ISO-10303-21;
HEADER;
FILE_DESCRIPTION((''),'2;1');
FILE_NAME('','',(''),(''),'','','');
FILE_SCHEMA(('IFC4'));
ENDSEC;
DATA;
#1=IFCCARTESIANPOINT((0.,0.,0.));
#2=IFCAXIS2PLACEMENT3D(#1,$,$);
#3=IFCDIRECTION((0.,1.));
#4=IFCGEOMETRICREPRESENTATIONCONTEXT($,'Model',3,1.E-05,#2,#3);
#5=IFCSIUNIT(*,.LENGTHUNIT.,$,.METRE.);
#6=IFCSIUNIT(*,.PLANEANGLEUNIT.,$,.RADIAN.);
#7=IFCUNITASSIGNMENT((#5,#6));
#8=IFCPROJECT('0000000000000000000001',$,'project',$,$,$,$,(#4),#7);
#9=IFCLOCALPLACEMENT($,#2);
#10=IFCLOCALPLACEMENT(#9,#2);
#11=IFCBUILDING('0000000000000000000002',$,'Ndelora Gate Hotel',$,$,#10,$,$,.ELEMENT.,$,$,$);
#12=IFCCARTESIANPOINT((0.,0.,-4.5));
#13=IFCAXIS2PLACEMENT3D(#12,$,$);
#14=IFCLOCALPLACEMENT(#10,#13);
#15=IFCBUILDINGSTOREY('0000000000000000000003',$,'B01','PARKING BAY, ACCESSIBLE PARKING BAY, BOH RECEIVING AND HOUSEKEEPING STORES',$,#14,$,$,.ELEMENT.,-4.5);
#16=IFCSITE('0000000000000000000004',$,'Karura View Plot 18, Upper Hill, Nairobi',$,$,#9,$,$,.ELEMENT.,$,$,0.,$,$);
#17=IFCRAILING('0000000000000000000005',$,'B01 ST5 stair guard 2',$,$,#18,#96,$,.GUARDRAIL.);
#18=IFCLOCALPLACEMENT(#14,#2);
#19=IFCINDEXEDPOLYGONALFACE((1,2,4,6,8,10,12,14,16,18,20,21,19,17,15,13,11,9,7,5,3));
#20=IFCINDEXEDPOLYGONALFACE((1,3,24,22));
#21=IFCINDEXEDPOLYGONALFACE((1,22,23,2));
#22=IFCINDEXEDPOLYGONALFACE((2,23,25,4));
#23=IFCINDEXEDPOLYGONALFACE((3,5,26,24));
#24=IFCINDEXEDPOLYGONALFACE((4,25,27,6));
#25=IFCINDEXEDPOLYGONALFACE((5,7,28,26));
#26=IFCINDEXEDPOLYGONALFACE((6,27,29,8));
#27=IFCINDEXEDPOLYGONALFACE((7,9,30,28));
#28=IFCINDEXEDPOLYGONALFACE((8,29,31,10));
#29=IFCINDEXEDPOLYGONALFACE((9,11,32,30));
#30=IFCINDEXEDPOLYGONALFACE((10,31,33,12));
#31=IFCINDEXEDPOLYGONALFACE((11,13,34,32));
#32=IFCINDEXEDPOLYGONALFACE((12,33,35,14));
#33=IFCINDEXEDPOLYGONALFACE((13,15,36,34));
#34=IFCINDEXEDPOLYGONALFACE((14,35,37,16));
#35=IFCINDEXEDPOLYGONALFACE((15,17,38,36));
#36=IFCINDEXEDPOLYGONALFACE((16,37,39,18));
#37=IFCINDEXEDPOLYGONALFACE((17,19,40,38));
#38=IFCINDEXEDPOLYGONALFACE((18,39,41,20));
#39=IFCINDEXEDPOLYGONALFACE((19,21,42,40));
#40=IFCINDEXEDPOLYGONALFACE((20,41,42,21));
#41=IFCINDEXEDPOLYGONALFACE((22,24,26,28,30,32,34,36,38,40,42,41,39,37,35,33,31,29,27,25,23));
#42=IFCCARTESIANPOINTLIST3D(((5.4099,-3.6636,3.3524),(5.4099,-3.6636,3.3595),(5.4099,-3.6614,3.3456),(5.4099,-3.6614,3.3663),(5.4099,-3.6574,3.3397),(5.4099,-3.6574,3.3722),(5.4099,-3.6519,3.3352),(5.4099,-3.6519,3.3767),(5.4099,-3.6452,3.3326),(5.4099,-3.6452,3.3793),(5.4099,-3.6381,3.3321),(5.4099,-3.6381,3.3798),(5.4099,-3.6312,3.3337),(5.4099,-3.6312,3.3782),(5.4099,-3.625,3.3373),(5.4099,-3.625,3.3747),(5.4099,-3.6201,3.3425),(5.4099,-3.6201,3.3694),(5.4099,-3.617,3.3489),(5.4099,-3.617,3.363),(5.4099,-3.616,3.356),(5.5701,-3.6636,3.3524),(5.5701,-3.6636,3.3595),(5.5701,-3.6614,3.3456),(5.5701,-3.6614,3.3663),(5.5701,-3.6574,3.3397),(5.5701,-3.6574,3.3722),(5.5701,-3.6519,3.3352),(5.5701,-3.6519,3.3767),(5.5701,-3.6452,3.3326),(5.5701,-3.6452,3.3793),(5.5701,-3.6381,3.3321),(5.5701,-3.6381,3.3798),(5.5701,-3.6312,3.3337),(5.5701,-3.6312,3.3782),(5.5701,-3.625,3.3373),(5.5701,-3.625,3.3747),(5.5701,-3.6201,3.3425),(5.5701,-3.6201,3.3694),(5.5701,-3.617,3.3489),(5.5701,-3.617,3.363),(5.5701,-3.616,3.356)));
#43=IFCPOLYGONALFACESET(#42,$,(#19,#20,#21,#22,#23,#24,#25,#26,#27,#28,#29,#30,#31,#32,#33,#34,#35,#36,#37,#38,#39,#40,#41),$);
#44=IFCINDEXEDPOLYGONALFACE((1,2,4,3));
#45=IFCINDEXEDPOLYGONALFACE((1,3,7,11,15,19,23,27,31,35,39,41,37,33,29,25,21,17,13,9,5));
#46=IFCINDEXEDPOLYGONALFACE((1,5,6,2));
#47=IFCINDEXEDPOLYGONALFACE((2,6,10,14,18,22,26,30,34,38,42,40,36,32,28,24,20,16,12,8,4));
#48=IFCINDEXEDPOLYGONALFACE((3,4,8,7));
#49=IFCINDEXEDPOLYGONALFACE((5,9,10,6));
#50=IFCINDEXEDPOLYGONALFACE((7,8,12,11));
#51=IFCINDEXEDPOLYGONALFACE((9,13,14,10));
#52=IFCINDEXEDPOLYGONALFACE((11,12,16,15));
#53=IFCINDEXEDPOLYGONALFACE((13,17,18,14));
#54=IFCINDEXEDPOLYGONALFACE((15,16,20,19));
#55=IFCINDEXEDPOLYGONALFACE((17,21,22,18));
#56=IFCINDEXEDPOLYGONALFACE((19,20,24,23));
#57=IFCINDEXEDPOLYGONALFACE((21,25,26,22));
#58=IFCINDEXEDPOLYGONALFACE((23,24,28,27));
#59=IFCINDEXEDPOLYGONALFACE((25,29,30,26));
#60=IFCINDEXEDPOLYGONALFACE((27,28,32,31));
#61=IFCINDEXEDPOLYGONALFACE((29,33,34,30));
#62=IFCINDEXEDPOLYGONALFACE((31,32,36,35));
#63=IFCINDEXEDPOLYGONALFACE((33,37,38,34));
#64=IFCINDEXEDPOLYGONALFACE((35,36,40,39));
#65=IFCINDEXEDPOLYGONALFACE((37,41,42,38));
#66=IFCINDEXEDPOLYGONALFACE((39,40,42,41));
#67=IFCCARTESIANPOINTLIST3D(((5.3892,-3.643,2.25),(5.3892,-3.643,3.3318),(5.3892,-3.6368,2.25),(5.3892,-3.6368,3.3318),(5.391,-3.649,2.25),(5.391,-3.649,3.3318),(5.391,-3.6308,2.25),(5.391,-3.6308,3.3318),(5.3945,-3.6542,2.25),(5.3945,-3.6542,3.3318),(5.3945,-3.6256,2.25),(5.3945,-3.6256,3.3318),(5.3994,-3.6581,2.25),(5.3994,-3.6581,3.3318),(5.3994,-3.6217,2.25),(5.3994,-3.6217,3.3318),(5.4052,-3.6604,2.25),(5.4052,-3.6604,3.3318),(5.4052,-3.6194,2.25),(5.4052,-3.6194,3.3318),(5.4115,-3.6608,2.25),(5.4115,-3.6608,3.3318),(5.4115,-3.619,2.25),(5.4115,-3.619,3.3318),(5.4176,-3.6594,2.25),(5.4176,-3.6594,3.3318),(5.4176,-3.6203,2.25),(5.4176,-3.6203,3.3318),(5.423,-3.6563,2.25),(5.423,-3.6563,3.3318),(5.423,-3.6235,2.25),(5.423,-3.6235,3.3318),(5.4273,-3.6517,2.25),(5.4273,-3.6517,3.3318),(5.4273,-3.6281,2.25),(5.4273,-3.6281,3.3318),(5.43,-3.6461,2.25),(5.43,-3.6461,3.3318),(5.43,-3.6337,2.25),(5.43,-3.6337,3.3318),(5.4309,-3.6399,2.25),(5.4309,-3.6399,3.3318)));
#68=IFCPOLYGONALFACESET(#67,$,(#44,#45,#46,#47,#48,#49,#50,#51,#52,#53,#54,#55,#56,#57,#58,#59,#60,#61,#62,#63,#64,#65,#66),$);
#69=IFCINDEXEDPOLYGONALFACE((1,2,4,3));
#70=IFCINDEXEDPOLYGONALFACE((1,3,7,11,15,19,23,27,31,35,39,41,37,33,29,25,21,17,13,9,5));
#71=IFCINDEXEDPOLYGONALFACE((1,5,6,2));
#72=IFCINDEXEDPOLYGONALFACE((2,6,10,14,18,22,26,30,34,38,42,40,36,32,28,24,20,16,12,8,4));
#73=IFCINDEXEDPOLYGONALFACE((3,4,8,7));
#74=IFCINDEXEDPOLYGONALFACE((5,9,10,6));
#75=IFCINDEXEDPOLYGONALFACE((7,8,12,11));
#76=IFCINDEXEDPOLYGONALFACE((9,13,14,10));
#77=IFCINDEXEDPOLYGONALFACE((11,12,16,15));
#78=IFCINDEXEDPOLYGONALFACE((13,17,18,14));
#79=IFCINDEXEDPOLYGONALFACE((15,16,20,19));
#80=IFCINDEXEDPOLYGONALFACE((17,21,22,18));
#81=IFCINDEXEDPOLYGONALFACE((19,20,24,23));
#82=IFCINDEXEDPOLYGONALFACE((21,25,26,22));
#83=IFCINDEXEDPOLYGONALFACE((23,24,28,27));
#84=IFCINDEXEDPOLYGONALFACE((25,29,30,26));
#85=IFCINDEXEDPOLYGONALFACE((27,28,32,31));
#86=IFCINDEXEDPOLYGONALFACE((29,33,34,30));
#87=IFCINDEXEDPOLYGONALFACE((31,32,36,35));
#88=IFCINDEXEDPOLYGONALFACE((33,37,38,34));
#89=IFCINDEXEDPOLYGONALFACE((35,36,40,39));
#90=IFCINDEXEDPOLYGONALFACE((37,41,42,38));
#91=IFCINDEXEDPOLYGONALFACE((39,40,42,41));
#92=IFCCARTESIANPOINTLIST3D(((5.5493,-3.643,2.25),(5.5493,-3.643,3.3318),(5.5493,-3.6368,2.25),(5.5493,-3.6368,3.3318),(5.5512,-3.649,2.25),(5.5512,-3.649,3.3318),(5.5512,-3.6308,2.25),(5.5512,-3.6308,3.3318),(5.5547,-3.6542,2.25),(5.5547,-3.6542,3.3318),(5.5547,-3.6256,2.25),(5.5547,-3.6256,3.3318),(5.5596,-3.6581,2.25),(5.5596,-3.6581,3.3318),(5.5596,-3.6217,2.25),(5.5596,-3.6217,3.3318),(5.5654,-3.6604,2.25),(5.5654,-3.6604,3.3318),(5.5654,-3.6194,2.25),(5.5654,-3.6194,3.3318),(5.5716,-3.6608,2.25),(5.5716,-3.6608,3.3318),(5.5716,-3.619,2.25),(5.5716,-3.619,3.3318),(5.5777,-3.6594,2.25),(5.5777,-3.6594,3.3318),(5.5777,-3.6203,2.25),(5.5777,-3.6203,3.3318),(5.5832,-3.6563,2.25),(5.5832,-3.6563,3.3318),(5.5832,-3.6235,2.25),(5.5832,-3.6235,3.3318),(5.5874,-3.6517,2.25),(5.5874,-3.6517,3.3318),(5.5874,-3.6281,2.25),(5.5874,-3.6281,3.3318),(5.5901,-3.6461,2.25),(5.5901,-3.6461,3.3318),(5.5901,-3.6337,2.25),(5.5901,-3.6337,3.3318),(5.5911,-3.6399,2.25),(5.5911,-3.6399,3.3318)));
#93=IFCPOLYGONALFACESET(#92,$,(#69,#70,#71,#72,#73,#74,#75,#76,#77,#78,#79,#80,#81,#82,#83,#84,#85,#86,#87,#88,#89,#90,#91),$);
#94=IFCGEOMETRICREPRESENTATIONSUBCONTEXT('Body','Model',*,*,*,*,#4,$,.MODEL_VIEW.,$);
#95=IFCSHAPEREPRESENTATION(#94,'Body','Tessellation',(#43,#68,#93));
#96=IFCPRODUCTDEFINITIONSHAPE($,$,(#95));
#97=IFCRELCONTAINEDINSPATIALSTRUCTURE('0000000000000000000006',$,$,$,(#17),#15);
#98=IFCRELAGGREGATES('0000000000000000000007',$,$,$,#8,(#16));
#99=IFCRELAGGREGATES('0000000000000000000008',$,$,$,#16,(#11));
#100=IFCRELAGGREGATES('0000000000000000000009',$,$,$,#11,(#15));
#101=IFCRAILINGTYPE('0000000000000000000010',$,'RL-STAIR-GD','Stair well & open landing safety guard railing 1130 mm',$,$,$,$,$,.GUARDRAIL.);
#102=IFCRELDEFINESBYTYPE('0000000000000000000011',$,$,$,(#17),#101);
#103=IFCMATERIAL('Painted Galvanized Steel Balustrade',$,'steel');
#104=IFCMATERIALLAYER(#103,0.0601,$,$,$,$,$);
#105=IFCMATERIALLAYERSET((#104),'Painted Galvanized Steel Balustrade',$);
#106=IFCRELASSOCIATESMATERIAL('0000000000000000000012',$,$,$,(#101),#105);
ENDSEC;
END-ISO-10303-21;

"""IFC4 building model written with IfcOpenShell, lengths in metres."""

from ifc_helpers import new_model, si_unit, direction, frame, origin, origin_2d, place, context, subcontext, project, spatial, circle, extrude, material, layer, layer_set, type_object, element, save


model = new_model("IFC4")

# Units and contexts
model_context = context("Model", 3, precision=1e-05, world=origin(), true_north=direction((0.0, 1.0)))
body_context = subcontext(model_context, "Body", "Model", "MODEL_VIEW")
ifc_project = project(units=[si_unit("LENGTHUNIT", "METRE"), si_unit("PLANEANGLEUNIT", "RADIAN")], contexts=[model_context])

# Site, building, storey
site_placement = place(None, origin())
site = spatial("IfcSite", under=ifc_project, at=site_placement, Name="Karura View Plot 18, Upper Hill, Nairobi", CompositionType="ELEMENT", RefElevation=0.0)
building_placement = place(site_placement, origin())
building = spatial("IfcBuilding", under=site, at=building_placement, Name="Ndelora Gate Hotel", CompositionType="ELEMENT")
storey_placement = place(building_placement, frame((0.0, 0.0, -4.5)))
storey = spatial("IfcBuildingStorey", under=building, at=storey_placement, Name="B01", Description="PARKING BAY, ACCESSIBLE PARKING BAY, BOH RECEIVING AND HOUSEKEEPING STORES", CompositionType="ELEMENT", Elevation=-4.5)

# Railing
ifc_material_1 = material(Name="Painted Galvanized Steel Balustrade", Category="steel")
ifc_layer_1 = layer(ifc_material_1, 0.0601)
ifc_layer_set_1 = layer_set([ifc_layer_1], Name="Painted Galvanized Steel Balustrade")
railing_type_1 = type_object("IfcRailingType", Name="RL-STAIR-GD", Description="Stair well & open landing safety guard railing 1130 mm", PredefinedType="GUARDRAIL", material=ifc_layer_set_1)
railing_1_placement = place(storey_placement, frame((5.4099, -3.6399, 2.25)))
element("IfcRailing", 1, at=railing_1_placement, inside=storey, type_object=railing_type_1, Name="B01 ST5 stair guard 2", PredefinedType="GUARDRAIL", context=body_context, shape_type="SweptSolid", body=[
    extrude(circle(Radius=0.0239, at=origin_2d()), frame((0.0, 0.0, 1.106), z_axis=(1.0, 0.0, 0.0), x_axis=(0.0, 1.0, 0.0)), (0.0, 0.0, 1.0), 0.1602),
    extrude(circle(Radius=0.021, at=origin_2d()), origin(), (0.0, 0.0, 1.0), 1.0818),
    extrude(circle(Radius=0.021, at=origin_2d()), frame((0.1602, 0.0, 0.0)), (0.0, 0.0, 1.0), 1.0818),
])

save(model, "model.ifc")
